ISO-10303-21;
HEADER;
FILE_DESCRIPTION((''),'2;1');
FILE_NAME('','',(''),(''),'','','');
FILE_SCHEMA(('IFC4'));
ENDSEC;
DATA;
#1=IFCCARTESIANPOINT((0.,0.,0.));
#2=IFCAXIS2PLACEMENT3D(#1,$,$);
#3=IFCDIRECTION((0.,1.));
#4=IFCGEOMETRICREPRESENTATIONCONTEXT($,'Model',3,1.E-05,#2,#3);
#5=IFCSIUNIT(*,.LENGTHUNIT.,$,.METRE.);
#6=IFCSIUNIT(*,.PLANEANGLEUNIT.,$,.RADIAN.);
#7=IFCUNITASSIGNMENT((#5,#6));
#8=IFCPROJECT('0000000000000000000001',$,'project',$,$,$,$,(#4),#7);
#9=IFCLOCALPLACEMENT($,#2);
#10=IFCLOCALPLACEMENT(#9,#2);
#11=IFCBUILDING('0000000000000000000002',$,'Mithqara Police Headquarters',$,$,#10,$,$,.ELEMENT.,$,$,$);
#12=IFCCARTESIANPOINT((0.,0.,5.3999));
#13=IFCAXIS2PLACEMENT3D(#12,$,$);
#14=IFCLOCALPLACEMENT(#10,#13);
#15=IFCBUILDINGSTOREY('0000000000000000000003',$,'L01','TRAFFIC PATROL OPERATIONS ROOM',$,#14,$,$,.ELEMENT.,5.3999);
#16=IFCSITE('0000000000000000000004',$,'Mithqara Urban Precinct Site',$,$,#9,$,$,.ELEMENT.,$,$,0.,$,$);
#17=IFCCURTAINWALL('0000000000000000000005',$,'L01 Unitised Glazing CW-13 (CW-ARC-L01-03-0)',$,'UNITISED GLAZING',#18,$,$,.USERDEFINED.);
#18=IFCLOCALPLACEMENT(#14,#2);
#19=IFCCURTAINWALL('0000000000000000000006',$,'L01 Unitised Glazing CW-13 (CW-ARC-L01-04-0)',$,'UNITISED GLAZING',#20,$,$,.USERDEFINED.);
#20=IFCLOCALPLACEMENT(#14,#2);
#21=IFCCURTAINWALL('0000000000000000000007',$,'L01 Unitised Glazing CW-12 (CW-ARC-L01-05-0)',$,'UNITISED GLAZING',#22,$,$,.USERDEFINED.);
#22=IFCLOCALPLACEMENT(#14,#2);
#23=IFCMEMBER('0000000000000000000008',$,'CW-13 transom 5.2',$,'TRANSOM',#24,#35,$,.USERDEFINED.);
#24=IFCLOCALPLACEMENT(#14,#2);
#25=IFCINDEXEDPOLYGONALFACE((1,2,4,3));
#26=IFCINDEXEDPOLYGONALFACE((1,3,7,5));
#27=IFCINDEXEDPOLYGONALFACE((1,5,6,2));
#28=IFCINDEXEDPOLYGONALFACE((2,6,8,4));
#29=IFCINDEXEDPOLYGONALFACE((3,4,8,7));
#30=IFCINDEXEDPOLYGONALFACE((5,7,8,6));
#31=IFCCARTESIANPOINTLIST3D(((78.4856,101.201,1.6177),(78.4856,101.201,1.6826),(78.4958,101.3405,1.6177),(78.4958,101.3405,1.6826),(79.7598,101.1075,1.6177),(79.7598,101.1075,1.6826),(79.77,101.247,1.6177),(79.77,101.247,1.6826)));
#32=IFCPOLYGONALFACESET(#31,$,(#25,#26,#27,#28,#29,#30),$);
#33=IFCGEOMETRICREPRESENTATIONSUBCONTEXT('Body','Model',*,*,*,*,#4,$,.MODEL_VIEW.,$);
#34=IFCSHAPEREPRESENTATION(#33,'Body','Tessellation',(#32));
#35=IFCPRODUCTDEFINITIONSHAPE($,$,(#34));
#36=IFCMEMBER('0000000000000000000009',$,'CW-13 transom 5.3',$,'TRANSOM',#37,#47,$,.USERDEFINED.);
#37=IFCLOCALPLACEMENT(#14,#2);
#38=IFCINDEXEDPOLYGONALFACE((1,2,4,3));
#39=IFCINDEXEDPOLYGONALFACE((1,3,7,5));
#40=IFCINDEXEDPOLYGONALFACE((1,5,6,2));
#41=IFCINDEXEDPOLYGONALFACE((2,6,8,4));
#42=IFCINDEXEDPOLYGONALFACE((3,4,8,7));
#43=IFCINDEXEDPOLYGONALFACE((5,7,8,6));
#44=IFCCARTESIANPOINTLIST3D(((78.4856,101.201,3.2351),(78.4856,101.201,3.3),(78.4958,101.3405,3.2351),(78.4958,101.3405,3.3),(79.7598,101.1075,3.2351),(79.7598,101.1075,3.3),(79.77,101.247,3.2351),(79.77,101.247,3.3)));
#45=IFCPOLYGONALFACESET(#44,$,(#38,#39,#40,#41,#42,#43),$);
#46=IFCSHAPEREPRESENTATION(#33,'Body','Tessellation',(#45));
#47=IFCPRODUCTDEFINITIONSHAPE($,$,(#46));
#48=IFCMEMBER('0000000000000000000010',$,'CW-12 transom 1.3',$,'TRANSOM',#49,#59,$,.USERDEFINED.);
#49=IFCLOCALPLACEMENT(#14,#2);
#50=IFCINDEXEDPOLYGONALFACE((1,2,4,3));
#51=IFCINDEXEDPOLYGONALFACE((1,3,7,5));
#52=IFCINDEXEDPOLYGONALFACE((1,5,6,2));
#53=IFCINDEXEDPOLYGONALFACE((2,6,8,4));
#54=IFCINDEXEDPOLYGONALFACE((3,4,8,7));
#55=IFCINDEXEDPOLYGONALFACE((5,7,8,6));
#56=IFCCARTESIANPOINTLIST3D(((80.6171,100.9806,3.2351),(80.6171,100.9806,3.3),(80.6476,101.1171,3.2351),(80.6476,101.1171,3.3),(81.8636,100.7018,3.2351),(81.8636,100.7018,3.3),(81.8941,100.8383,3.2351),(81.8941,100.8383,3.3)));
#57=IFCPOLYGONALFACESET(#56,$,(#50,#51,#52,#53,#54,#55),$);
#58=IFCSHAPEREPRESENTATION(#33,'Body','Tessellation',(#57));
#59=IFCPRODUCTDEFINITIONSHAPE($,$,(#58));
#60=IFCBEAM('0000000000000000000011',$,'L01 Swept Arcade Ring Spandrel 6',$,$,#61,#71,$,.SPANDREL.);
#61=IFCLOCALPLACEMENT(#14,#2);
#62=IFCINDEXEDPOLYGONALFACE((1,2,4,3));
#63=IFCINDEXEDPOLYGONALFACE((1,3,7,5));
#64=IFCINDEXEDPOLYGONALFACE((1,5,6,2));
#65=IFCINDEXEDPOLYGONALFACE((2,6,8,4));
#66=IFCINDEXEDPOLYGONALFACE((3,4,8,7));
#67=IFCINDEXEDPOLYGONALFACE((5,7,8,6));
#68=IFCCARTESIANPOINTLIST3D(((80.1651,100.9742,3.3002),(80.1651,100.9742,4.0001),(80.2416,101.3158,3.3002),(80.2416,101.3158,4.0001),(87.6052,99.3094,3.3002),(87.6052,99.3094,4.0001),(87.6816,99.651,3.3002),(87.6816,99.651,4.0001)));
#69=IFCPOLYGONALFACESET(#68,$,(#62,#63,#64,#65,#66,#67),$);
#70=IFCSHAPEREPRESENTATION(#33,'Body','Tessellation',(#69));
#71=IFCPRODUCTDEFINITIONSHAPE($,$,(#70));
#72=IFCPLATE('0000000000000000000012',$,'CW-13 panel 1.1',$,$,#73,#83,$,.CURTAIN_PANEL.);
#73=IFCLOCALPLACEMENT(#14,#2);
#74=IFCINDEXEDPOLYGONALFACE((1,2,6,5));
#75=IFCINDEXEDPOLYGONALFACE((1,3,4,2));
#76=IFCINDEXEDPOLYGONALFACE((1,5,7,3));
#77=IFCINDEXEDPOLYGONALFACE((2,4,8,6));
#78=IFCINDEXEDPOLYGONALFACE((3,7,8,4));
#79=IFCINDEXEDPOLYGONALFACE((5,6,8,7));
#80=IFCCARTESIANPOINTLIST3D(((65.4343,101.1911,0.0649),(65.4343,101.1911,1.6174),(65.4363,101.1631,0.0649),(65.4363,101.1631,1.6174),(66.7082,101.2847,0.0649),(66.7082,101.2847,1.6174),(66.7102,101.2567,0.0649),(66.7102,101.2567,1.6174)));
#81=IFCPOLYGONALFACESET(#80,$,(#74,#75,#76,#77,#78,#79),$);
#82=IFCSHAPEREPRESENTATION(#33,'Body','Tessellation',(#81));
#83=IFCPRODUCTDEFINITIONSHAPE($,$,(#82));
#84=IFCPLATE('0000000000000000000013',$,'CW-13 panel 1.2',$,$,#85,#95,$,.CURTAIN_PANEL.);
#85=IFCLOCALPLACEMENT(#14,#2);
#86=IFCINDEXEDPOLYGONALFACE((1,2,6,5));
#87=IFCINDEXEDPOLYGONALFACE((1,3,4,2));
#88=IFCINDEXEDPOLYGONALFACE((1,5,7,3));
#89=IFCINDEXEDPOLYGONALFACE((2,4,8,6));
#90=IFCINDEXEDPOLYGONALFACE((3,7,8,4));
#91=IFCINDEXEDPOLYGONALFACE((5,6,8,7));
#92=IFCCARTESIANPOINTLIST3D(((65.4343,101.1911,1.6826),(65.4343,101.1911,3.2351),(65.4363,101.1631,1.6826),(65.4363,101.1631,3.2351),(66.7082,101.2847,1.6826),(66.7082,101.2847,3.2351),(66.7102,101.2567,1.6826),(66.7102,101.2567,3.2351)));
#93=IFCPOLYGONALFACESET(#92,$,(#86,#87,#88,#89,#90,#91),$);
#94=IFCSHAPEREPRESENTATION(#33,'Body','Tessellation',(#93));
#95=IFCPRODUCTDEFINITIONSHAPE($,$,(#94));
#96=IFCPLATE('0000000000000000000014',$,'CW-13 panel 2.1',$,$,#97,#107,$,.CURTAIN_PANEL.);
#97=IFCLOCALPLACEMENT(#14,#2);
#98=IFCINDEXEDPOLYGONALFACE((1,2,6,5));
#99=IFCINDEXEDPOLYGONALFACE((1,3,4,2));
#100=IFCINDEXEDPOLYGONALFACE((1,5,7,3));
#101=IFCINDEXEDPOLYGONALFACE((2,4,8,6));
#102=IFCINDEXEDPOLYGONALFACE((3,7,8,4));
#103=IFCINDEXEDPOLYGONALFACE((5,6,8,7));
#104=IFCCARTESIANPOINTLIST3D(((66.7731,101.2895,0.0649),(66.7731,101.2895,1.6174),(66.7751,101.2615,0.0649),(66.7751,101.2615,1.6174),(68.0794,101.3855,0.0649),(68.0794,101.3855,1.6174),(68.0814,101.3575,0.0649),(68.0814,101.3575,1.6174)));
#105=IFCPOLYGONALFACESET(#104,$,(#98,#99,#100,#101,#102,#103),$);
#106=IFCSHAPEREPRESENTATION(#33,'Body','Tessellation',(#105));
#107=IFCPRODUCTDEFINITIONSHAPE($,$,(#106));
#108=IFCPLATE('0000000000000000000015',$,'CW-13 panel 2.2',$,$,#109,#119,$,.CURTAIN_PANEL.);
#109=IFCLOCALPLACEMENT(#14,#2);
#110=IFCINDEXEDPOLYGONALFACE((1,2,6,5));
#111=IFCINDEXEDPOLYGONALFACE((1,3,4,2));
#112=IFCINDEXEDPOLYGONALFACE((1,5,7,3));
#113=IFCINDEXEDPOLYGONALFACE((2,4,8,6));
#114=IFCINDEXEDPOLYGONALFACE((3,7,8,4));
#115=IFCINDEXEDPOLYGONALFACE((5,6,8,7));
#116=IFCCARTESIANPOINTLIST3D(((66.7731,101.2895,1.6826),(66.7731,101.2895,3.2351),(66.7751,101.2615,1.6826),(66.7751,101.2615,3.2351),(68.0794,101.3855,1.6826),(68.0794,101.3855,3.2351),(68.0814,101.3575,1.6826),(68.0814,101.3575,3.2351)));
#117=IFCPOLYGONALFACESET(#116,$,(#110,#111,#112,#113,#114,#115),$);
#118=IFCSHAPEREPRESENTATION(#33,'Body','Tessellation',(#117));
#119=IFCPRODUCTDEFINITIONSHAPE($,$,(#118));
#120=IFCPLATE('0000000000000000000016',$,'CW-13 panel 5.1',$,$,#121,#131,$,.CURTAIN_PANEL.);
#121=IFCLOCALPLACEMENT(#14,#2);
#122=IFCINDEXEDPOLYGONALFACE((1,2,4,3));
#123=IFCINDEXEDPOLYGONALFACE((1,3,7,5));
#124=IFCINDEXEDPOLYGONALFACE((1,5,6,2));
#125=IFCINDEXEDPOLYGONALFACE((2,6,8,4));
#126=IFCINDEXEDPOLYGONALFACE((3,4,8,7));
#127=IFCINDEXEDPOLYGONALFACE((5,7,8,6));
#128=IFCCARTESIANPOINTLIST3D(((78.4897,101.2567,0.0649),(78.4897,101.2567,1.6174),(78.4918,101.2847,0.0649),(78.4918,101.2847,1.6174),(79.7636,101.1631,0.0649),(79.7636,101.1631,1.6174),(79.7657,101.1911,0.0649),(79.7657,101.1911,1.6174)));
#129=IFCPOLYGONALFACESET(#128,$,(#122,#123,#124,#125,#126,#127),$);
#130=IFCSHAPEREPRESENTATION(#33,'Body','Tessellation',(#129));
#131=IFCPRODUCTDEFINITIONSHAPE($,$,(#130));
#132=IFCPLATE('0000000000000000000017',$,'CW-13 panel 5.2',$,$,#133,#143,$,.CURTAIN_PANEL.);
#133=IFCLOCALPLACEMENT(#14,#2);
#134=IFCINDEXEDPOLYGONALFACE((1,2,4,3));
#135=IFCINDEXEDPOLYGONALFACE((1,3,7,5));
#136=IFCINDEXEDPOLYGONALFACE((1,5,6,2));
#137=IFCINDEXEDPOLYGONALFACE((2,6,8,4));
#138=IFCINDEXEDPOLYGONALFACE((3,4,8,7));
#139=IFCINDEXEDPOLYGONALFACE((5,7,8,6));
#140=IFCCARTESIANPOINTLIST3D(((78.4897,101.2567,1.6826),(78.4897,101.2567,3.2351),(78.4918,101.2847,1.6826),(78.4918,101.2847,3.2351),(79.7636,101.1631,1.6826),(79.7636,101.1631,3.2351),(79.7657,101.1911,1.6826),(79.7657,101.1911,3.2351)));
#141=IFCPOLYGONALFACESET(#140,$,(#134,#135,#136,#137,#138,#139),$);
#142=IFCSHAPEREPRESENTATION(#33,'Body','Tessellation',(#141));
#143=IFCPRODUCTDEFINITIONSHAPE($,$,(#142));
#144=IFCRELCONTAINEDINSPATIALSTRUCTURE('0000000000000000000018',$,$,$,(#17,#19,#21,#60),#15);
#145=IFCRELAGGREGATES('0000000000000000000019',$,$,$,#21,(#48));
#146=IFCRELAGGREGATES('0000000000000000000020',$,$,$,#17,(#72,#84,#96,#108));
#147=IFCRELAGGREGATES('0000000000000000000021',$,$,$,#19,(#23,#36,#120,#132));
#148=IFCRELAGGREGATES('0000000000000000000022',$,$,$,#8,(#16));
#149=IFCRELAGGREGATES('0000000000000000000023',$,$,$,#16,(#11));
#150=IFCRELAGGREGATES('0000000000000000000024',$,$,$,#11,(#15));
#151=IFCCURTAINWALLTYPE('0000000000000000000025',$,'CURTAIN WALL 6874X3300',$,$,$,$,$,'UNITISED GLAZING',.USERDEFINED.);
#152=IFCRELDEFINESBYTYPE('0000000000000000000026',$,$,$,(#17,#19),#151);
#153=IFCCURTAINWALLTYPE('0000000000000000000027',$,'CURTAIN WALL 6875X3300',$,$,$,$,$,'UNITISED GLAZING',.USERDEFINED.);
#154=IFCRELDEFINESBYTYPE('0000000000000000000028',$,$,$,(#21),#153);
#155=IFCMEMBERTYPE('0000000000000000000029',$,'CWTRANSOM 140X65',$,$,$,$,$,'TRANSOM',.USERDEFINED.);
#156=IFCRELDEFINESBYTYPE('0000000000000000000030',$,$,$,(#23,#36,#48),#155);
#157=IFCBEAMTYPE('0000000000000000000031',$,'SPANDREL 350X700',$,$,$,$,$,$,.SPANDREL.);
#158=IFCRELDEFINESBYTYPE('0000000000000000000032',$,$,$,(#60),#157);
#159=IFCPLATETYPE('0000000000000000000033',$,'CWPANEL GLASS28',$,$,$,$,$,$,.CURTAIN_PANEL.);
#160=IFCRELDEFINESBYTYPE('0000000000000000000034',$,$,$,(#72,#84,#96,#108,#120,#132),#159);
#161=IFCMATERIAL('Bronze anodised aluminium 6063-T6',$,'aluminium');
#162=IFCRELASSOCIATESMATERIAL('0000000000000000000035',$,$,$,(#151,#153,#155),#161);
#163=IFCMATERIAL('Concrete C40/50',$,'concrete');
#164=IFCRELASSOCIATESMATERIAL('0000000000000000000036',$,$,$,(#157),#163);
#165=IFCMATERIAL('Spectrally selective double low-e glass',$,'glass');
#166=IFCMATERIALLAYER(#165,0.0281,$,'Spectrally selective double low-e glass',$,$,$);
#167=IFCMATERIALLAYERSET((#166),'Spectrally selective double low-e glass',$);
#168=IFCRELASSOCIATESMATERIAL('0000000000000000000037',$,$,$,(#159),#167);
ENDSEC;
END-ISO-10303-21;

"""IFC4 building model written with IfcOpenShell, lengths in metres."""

from ifc_helpers import new_model, si_unit, direction, frame, origin, origin_2d, place, context, subcontext, project, spatial, rectangle, extrude, material, layer, layer_set, material_profile, profile_set, type_object, element, aggregate, save


model = new_model("IFC4")

# Units and contexts
model_context = context("Model", 3, precision=1e-05, world=origin(), true_north=direction((0.0, 1.0)))
body_context = subcontext(model_context, "Body", "Model", "MODEL_VIEW")
ifc_project = project(units=[si_unit("LENGTHUNIT", "METRE"), si_unit("PLANEANGLEUNIT", "RADIAN")], contexts=[model_context])

# Site, building, storey
site_placement = place(None, origin())
site = spatial("IfcSite", under=ifc_project, at=site_placement, Name="Mithqara Urban Precinct Site", CompositionType="ELEMENT", RefElevation=0.0)
building_placement = place(site_placement, origin())
building = spatial("IfcBuilding", under=site, at=building_placement, Name="Mithqara Police Headquarters", CompositionType="ELEMENT")
storey_placement = place(building_placement, frame((0.0, 0.0, 5.3999)))
storey = spatial("IfcBuildingStorey", under=building, at=storey_placement, Name="L01", Description="TRAFFIC PATROL OPERATIONS ROOM", CompositionType="ELEMENT", Elevation=5.3999)

# Curtain wall
ifc_material_1 = material(Name="Bronze anodised aluminium 6063-T6", Category="aluminium")
curtain_wall_type_1 = type_object("IfcCurtainWallType", Name="CURTAIN WALL 6874X3300", ElementType="UNITISED GLAZING", PredefinedType="USERDEFINED", material=ifc_material_1)
curtain_wall_1_placement = place(storey_placement, origin())
curtain_wall_1 = element("IfcCurtainWall", 1, at=curtain_wall_1_placement, inside=storey, type_object=curtain_wall_type_1, Name="L01 Unitised Glazing CW-13 (CW-ARC-L01-03-0)", ObjectType="UNITISED GLAZING", PredefinedType="USERDEFINED")

# Curtain wall
curtain_wall_2_placement = place(storey_placement, origin())
curtain_wall_2 = element("IfcCurtainWall", 2, at=curtain_wall_2_placement, inside=storey, type_object=curtain_wall_type_1, Name="L01 Unitised Glazing CW-13 (CW-ARC-L01-04-0)", ObjectType="UNITISED GLAZING", PredefinedType="USERDEFINED")

# Curtain wall
curtain_wall_type_2 = type_object("IfcCurtainWallType", Name="CURTAIN WALL 6875X3300", ElementType="UNITISED GLAZING", PredefinedType="USERDEFINED", material=ifc_material_1)
curtain_wall_3_placement = place(storey_placement, origin())
curtain_wall_3 = element("IfcCurtainWall", 3, at=curtain_wall_3_placement, inside=storey, type_object=curtain_wall_type_2, Name="L01 Unitised Glazing CW-12 (CW-ARC-L01-05-0)", ObjectType="UNITISED GLAZING", PredefinedType="USERDEFINED")

# Members
ifc_material_profile_1 = material_profile(ifc_material_1, rectangle(XDim=0.1399, YDim=0.0649, at=origin_2d()), Name="CWT 140x65")
ifc_profile_set_1 = profile_set([ifc_material_profile_1], Name="Bronze anodised aluminium 6063-T6")
member_type_1 = type_object("IfcMemberType", Name="CWTRANSOM 140X65", ElementType="TRANSOM", PredefinedType="USERDEFINED", material=ifc_profile_set_1)
member_1_placement = place(storey_placement, frame((78.4907, 101.2708, 1.6501), z_axis=(0.997318, -0.073189, 0.0), x_axis=(0.073189, 0.997318, 0.0)))
member_1 = element("IfcMember", 4, at=member_1_placement, type_object=member_type_1, Name="CW-13 transom 5.2", ObjectType="TRANSOM", PredefinedType="USERDEFINED", context=body_context, shape_type="SweptSolid", body=[
    extrude(rectangle(XDim=0.1399, YDim=0.0649, at=origin_2d()), origin(), (0.0, 0.0, 1.0), 1.2776),
])
member_2_placement = place(storey_placement, frame((78.4907, 101.2708, 3.2676), z_axis=(0.997318, -0.073189, 0.0), x_axis=(0.073189, 0.997318, 0.0)))
member_2 = element("IfcMember", 5, at=member_2_placement, type_object=member_type_1, Name="CW-13 transom 5.3", ObjectType="TRANSOM", PredefinedType="USERDEFINED", context=body_context, shape_type="SweptSolid", body=[
    extrude(rectangle(XDim=0.1399, YDim=0.0649, at=origin_2d()), origin(), (0.0, 0.0, 1.0), 1.2776),
])
member_3_placement = place(storey_placement, frame((80.6323, 101.0488, 3.2676), z_axis=(0.975889, -0.218266, 0.0), x_axis=(0.218266, 0.975889, 0.0)))
member_3 = element("IfcMember", 6, at=member_3_placement, type_object=member_type_1, Name="CW-12 transom 1.3", ObjectType="TRANSOM", PredefinedType="USERDEFINED", context=body_context, shape_type="SweptSolid", body=[
    extrude(rectangle(XDim=0.1399, YDim=0.0649, at=origin_2d()), origin(), (0.0, 0.0, 1.0), 1.2773),
])
aggregate(curtain_wall_3, [member_3])

# Beam
ifc_material_2 = material(Name="Concrete C40/50", Category="concrete")
ifc_material_profile_2 = material_profile(ifc_material_2, rectangle(XDim=0.3501, YDim=0.7, at=origin_2d()), Name="SPB 350x700")
ifc_profile_set_2 = profile_set([ifc_material_profile_2], Name="Concrete C40/50")
beam_type = type_object("IfcBeamType", Name="SPANDREL 350X700", PredefinedType="SPANDREL", material=ifc_profile_set_2)
beam_placement = place(storey_placement, frame((80.2034, 101.145, 3.6501), z_axis=(0.975867, -0.218364, 0.0), x_axis=(0.218364, 0.975867, 0.0)))
element("IfcBeam", 7, at=beam_placement, inside=storey, type_object=beam_type, Name="L01 Swept Arcade Ring Spandrel 6", PredefinedType="SPANDREL", context=body_context, shape_type="SweptSolid", body=[
    extrude(rectangle(XDim=0.3501, YDim=0.7, at=origin_2d()), origin(), (0.0, 0.0, 1.0), 7.624),
])

# Plates
ifc_material_3 = material(Name="Spectrally selective double low-e glass", Category="glass")
ifc_layer = layer(ifc_material_3, 0.0281, Name="Spectrally selective double low-e glass")
ifc_layer_set = layer_set([ifc_layer], Name="Spectrally selective double low-e glass")
plate_type = type_object("IfcPlateType", Name="CWPANEL GLASS28", PredefinedType="CURTAIN_PANEL", material=ifc_layer_set)
plate_1_placement = place(storey_placement, frame((66.0723, 101.2239, 0.0649), z_axis=(0.0, 0.0, 1.0), x_axis=(0.99731, 0.073301, 0.0)))
plate_1 = element("IfcPlate", 8, at=plate_1_placement, type_object=plate_type, Name="CW-13 panel 1.1", PredefinedType="CURTAIN_PANEL", context=body_context, shape_type="SweptSolid", body=[
    extrude(rectangle(XDim=1.2773, YDim=0.0281, at=origin_2d()), origin(), (0.0, 0.0, 1.0), 1.5525),
])
plate_2_placement = place(storey_placement, frame((66.0723, 101.2239, 1.6826), z_axis=(0.0, 0.0, 1.0), x_axis=(0.99731, 0.073301, 0.0)))
plate_2 = element("IfcPlate", 9, at=plate_2_placement, type_object=plate_type, Name="CW-13 panel 1.2", PredefinedType="CURTAIN_PANEL", context=body_context, shape_type="SweptSolid", body=[
    extrude(rectangle(XDim=1.2773, YDim=0.0281, at=origin_2d()), origin(), (0.0, 0.0, 1.0), 1.5525),
])
plate_3_placement = place(storey_placement, frame((67.4272, 101.3235, 0.0649), z_axis=(0.0, 0.0, 1.0), x_axis=(0.99731, 0.073301, 0.0)))
plate_3 = element("IfcPlate", 10, at=plate_3_placement, type_object=plate_type, Name="CW-13 panel 2.1", PredefinedType="CURTAIN_PANEL", context=body_context, shape_type="SweptSolid", body=[
    extrude(rectangle(XDim=1.3098, YDim=0.0281, at=origin_2d()), origin(), (0.0, 0.0, 1.0), 1.5525),
])
plate_4_placement = place(storey_placement, frame((67.4272, 101.3235, 1.6826), z_axis=(0.0, 0.0, 1.0), x_axis=(0.99731, 0.073301, 0.0)))
plate_4 = element("IfcPlate", 11, at=plate_4_placement, type_object=plate_type, Name="CW-13 panel 2.2", PredefinedType="CURTAIN_PANEL", context=body_context, shape_type="SweptSolid", body=[
    extrude(rectangle(XDim=1.3098, YDim=0.0281, at=origin_2d()), origin(), (0.0, 0.0, 1.0), 1.5525),
])
aggregate(curtain_wall_1, [plate_1, plate_2, plate_3, plate_4])
plate_5_placement = place(storey_placement, frame((79.1277, 101.2239, 0.0649), z_axis=(0.0, 0.0, 1.0), x_axis=(0.99731, -0.073301, 0.0)))
plate_5 = element("IfcPlate", 12, at=plate_5_placement, type_object=plate_type, Name="CW-13 panel 5.1", PredefinedType="CURTAIN_PANEL", context=body_context, shape_type="SweptSolid", body=[
    extrude(rectangle(XDim=1.2773, YDim=0.0281, at=origin_2d()), origin(), (0.0, 0.0, 1.0), 1.5525),
])
plate_6_placement = place(storey_placement, frame((79.1277, 101.2239, 1.6826), z_axis=(0.0, 0.0, 1.0), x_axis=(0.99731, -0.073301, 0.0)))
plate_6 = element("IfcPlate", 13, at=plate_6_placement, type_object=plate_type, Name="CW-13 panel 5.2", PredefinedType="CURTAIN_PANEL", context=body_context, shape_type="SweptSolid", body=[
    extrude(rectangle(XDim=1.2773, YDim=0.0281, at=origin_2d()), origin(), (0.0, 0.0, 1.0), 1.5525),
])
aggregate(curtain_wall_2, [member_1, member_2, plate_5, plate_6])

save(model, "model.ifc")
